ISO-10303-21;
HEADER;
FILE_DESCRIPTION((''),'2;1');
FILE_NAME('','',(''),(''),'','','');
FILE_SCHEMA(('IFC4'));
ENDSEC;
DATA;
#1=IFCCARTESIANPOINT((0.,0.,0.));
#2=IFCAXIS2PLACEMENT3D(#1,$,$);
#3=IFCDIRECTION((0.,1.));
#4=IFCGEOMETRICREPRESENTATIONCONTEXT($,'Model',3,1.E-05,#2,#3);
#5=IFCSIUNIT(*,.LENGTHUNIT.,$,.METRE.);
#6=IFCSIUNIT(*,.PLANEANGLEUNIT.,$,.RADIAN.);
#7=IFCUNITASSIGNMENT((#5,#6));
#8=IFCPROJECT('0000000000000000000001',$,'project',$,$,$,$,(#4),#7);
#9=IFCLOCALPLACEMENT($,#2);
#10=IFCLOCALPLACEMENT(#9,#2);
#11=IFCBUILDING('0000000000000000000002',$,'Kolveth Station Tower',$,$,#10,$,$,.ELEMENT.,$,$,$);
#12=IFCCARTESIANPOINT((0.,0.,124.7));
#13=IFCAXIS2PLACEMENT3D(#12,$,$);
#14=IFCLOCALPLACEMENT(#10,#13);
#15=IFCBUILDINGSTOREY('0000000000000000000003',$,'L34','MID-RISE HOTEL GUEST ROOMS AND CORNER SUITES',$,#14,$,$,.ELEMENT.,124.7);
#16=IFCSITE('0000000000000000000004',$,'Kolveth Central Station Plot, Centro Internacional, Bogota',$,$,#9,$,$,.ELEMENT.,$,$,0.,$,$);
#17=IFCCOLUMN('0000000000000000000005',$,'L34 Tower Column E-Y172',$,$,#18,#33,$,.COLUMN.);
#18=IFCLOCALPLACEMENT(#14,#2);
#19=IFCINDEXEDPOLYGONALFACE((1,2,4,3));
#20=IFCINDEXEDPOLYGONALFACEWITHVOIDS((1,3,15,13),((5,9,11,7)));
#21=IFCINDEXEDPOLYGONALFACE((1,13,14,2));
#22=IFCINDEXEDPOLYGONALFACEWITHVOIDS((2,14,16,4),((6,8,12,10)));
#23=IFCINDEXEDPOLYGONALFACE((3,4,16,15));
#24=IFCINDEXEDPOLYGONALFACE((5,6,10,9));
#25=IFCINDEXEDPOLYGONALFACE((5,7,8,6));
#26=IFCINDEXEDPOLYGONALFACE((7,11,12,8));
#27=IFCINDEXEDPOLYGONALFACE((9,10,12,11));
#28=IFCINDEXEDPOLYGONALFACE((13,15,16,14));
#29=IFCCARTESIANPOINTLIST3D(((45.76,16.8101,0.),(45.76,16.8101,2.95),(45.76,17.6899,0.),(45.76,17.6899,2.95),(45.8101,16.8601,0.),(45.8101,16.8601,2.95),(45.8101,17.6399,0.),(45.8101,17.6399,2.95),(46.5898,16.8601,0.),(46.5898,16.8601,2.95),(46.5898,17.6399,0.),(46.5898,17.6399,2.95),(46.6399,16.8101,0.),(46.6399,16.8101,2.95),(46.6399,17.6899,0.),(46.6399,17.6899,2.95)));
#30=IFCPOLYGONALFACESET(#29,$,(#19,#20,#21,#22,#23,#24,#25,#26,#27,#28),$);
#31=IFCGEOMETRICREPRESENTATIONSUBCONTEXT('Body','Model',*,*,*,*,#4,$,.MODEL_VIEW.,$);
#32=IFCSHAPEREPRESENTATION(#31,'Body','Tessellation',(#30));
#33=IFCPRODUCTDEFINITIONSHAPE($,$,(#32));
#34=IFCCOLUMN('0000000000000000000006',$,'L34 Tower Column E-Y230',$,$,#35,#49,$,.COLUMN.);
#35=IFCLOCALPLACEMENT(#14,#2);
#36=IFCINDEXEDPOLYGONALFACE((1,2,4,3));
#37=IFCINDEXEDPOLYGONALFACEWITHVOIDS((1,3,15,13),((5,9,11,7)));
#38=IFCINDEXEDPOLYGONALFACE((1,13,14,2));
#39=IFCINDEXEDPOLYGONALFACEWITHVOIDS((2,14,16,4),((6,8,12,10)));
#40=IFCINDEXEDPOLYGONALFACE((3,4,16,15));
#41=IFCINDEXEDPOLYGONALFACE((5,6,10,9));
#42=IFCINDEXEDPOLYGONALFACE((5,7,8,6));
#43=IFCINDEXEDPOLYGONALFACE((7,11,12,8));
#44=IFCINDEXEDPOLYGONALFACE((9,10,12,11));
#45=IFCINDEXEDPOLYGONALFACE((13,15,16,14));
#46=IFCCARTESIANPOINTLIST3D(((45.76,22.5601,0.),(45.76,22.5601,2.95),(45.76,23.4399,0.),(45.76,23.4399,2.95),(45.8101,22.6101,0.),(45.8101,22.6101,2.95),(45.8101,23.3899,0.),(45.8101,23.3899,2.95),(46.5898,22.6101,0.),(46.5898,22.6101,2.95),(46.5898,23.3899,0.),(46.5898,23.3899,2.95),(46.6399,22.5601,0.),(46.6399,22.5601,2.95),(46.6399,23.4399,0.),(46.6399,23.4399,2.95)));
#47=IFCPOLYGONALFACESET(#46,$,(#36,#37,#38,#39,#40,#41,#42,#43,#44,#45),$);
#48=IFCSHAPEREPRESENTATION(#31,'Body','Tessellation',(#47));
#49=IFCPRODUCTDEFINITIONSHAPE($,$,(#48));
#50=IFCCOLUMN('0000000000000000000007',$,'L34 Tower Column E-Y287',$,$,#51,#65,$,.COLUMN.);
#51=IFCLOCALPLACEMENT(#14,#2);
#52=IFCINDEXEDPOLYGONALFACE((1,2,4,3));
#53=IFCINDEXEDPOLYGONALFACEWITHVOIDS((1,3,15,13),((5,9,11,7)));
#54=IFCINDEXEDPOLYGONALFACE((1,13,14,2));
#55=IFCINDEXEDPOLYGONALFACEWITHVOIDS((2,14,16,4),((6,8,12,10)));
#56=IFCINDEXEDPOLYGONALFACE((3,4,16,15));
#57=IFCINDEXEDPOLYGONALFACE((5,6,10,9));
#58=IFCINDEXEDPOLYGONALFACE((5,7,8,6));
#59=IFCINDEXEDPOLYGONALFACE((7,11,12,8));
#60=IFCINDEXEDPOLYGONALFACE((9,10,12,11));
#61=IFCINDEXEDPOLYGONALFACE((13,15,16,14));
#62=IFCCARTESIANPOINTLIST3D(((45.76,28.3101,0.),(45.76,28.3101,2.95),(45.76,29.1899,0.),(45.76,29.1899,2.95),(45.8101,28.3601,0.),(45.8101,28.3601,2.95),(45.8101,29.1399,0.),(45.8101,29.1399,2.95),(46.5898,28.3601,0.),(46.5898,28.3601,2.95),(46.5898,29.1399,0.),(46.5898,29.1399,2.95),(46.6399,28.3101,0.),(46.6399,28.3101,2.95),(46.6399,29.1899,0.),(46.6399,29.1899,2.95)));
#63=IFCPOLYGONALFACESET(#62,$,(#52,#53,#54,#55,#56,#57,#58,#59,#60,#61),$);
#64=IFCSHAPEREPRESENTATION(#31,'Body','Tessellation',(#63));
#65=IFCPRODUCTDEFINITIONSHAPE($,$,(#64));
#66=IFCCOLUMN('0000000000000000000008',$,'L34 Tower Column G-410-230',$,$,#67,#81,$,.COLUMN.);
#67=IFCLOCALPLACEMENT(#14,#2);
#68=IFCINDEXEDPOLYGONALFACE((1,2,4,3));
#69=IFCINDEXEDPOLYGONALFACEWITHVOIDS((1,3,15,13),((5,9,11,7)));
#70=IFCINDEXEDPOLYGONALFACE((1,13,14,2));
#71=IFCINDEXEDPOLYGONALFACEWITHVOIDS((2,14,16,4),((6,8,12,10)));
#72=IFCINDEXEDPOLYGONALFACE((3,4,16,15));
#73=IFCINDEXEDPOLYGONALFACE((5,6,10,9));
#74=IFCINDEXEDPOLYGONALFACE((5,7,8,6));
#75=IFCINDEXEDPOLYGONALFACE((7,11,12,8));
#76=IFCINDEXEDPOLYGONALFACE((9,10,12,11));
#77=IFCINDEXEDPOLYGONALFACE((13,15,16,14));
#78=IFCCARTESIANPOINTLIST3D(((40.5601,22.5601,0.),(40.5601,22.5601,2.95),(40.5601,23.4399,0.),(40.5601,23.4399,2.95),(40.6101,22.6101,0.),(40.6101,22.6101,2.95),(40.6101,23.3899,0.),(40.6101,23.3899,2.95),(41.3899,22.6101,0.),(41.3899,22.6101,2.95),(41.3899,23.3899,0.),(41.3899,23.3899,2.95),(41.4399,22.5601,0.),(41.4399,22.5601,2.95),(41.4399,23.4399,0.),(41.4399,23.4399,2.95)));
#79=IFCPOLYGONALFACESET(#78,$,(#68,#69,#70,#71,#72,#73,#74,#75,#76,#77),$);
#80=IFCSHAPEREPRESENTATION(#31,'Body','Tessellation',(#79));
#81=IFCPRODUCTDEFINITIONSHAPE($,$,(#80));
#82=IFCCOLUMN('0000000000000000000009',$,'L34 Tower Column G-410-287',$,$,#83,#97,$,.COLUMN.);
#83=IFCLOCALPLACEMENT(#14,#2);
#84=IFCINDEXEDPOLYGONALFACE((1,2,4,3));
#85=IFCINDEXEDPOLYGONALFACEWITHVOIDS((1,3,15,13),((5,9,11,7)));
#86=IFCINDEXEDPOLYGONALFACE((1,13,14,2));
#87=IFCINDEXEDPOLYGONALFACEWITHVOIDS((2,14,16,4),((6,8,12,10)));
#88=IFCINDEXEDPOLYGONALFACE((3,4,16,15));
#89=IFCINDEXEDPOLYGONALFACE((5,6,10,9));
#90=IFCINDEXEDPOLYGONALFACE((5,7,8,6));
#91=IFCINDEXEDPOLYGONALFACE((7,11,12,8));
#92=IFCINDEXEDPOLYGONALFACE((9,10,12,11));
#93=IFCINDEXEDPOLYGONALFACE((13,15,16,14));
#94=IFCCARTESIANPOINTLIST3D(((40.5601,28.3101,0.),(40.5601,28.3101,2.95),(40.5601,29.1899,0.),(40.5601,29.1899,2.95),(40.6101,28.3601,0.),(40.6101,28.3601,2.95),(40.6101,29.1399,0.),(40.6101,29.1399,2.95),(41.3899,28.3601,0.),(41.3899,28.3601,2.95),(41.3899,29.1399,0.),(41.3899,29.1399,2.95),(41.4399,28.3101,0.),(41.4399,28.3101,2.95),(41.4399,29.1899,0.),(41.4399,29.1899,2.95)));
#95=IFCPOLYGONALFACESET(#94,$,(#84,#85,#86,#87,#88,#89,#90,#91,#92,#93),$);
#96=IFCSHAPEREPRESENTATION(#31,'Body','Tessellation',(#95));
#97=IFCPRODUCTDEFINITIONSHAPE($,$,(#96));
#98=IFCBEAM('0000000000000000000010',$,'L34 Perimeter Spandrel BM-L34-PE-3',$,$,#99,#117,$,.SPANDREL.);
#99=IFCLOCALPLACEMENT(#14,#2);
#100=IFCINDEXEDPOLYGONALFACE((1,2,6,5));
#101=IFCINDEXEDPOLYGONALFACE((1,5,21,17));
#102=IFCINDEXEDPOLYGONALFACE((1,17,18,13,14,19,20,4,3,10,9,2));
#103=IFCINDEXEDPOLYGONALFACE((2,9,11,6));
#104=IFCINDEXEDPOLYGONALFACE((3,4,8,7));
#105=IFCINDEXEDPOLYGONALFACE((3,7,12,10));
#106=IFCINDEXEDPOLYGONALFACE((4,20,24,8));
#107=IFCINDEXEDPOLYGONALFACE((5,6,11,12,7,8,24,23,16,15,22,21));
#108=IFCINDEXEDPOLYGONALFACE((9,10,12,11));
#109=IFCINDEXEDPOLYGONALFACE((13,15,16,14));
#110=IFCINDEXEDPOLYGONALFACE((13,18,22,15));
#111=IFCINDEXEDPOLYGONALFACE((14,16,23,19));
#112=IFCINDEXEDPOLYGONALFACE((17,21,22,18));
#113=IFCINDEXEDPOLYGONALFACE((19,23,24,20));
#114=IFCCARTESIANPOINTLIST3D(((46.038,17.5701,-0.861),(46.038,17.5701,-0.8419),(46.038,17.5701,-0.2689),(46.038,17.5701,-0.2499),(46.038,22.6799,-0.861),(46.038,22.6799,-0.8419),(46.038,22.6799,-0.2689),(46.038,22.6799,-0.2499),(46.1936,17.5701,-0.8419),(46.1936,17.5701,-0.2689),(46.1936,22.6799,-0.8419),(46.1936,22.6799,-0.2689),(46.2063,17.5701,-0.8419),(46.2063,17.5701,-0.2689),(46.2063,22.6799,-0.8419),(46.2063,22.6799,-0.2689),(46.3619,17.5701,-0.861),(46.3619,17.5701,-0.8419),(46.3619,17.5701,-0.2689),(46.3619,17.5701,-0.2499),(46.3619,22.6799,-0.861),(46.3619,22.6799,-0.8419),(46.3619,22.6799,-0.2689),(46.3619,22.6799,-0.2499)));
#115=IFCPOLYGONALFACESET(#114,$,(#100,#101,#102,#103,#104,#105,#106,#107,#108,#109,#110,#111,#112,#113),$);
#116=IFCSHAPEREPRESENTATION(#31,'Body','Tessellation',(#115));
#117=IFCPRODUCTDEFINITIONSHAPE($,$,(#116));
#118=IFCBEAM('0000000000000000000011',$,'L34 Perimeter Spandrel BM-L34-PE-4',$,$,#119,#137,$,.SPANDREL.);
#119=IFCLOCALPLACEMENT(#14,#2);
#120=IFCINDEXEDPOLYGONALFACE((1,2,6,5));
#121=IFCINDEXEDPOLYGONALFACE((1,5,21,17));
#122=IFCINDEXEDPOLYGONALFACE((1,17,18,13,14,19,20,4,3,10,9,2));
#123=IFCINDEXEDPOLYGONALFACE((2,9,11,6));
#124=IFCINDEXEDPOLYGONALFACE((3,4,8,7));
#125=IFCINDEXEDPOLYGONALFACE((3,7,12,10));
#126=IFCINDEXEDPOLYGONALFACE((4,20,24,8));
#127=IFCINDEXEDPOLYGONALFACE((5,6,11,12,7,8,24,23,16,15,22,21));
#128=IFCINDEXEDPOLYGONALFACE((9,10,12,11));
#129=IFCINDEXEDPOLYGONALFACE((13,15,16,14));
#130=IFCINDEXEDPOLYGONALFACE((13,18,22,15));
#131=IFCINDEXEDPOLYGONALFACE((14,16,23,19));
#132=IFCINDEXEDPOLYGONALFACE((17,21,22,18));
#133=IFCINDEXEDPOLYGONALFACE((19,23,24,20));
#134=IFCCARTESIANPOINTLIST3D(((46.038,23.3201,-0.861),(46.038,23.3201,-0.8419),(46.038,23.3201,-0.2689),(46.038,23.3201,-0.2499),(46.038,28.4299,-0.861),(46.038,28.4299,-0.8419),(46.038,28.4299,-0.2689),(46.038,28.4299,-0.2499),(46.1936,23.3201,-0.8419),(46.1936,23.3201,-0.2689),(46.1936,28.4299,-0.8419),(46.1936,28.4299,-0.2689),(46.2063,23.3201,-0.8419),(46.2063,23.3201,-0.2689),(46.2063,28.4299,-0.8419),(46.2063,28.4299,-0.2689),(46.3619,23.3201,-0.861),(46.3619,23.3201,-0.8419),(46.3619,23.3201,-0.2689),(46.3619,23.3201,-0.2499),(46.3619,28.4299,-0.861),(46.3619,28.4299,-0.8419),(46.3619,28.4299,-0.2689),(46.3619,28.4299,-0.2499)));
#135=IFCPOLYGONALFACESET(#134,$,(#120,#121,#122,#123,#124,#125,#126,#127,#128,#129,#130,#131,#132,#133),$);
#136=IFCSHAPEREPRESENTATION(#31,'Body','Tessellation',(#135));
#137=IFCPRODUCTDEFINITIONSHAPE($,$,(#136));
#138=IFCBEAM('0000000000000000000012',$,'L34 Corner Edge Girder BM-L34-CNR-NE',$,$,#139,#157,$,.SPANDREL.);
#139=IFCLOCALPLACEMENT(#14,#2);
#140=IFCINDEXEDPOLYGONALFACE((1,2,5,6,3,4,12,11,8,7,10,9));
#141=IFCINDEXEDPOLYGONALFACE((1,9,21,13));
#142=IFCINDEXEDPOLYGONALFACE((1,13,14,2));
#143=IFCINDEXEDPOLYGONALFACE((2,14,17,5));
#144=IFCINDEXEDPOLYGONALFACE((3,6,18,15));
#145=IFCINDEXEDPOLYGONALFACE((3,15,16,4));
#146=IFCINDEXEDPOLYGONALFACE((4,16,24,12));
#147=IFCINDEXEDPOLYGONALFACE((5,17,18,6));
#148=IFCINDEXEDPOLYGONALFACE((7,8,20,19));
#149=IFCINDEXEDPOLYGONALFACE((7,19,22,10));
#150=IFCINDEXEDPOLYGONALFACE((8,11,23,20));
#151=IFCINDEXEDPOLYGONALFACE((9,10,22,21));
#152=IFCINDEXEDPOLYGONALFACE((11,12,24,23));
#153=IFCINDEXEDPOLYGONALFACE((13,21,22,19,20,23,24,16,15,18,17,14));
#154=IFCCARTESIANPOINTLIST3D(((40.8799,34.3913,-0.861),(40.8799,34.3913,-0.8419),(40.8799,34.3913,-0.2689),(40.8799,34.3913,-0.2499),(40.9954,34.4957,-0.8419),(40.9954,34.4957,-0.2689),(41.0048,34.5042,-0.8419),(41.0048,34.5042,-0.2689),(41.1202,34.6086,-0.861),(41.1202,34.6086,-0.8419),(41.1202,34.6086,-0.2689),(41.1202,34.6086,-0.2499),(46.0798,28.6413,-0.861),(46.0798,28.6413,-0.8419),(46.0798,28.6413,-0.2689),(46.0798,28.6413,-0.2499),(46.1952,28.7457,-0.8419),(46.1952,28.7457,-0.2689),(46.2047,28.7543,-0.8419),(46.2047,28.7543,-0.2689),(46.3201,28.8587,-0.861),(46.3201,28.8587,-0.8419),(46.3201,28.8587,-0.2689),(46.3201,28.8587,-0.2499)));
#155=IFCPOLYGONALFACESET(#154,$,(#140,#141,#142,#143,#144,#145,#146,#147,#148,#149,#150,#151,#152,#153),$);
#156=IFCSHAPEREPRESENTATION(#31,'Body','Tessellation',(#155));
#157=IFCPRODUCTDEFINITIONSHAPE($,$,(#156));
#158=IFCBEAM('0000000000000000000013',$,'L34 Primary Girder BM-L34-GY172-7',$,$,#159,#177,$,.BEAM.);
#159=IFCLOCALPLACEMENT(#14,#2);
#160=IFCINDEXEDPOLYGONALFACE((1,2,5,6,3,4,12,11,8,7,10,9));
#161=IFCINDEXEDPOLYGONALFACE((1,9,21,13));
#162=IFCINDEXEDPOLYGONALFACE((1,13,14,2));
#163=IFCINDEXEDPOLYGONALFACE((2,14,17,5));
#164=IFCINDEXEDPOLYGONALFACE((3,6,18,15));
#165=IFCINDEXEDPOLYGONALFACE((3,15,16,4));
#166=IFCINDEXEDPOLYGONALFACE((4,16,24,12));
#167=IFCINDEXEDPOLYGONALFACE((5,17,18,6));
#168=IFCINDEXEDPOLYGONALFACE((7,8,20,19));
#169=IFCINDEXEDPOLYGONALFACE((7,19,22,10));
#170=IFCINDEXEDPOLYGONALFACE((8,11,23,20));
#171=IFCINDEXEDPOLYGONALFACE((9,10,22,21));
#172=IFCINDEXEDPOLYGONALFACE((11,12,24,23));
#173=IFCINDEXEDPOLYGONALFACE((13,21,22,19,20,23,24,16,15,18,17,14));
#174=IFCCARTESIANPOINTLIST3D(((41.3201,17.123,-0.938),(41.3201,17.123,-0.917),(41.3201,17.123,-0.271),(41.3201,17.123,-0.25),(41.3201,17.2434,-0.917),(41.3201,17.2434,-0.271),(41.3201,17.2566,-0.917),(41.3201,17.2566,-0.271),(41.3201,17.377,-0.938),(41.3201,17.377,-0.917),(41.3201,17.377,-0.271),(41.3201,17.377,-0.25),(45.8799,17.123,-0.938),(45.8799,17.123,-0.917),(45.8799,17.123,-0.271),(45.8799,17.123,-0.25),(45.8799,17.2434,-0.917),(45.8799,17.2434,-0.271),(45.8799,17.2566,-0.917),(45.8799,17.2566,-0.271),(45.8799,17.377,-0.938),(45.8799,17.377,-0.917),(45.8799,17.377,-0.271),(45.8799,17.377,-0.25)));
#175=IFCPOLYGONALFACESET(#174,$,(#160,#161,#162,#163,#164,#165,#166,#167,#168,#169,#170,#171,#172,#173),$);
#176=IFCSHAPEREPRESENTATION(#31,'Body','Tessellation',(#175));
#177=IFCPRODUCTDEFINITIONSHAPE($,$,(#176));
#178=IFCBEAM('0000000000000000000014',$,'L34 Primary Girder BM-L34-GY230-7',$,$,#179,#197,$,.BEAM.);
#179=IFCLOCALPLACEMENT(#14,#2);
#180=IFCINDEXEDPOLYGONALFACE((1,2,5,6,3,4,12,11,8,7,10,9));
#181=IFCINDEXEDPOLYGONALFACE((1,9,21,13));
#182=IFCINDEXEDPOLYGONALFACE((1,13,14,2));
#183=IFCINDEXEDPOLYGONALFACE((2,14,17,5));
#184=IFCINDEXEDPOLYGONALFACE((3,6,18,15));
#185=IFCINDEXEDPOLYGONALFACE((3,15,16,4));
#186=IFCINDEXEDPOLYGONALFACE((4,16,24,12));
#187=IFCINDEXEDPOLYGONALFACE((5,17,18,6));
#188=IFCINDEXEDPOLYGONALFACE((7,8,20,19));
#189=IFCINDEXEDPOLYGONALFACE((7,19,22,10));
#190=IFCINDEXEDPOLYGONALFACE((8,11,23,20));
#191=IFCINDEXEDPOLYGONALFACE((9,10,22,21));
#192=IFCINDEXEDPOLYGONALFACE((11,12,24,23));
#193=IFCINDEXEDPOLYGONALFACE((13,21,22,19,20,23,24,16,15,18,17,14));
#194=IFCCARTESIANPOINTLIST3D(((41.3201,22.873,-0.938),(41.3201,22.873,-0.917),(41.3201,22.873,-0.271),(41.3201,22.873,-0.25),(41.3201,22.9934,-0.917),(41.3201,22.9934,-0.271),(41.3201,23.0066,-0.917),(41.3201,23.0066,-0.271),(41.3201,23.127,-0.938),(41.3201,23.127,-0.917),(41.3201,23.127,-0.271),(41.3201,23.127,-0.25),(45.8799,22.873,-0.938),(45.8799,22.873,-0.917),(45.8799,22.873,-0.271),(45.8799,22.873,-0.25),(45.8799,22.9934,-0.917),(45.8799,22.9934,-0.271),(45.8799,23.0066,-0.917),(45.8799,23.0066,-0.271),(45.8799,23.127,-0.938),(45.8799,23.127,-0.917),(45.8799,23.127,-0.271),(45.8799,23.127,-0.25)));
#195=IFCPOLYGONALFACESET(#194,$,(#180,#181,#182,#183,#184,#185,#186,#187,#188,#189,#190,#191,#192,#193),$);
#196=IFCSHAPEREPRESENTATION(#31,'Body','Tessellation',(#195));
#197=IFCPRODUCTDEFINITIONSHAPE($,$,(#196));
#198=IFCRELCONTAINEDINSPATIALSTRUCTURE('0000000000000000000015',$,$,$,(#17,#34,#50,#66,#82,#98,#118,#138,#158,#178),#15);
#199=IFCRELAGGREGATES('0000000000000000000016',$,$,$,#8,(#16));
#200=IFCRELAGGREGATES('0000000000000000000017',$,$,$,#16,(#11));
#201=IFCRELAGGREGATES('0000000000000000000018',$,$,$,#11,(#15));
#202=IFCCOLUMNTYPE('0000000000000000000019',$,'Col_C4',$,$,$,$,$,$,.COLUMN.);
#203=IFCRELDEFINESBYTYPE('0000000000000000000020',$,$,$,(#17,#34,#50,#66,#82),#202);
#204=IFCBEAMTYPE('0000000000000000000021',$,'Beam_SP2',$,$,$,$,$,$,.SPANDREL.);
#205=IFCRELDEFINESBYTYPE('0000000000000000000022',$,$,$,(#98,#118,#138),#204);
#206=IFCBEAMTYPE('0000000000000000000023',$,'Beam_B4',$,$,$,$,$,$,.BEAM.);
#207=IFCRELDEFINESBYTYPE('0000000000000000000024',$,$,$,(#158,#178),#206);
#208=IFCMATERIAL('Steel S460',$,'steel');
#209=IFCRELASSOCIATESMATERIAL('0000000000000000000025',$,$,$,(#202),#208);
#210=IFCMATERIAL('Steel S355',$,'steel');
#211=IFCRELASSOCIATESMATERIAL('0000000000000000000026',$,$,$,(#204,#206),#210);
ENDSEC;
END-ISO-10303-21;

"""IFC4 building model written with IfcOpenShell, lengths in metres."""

from ifc_helpers import new_model, si_unit, direction, frame, origin, origin_2d, place, context, subcontext, project, spatial, hollow_rectangle, i_section, extrude, source, transform, mapped, material, material_profile, profile_set, type_object, element, save


model = new_model("IFC4")

# Units and contexts
model_context = context("Model", 3, precision=1e-05, world=origin(), true_north=direction((0.0, 1.0)))
body_context = subcontext(model_context, "Body", "Model", "MODEL_VIEW")
ifc_project = project(units=[si_unit("LENGTHUNIT", "METRE"), si_unit("PLANEANGLEUNIT", "RADIAN")], contexts=[model_context])

# Site, building, storey
site_placement = place(None, origin())
site = spatial("IfcSite", under=ifc_project, at=site_placement, Name="Kolveth Central Station Plot, Centro Internacional, Bogota", CompositionType="ELEMENT", RefElevation=0.0)
building_placement = place(site_placement, origin())
building = spatial("IfcBuilding", under=site, at=building_placement, Name="Kolveth Station Tower", CompositionType="ELEMENT")
storey_placement = place(building_placement, frame((0.0, 0.0, 124.7)))
storey = spatial("IfcBuildingStorey", under=building, at=storey_placement, Name="L34", Description="MID-RISE HOTEL GUEST ROOMS AND CORNER SUITES", CompositionType="ELEMENT", Elevation=124.7)

# Columns
ifc_material_1 = material(Name="Steel S460", Category="steel")
ifc_material_profile_1 = material_profile(ifc_material_1, hollow_rectangle(XDim=0.8799, YDim=0.8799, WallThickness=0.05, at=origin_2d()), Name="BOX880x880x50")
ifc_profile_set_1 = profile_set([ifc_material_profile_1], Name="Steel S460")
column_type = type_object("IfcColumnType", Name="Col_C4", PredefinedType="COLUMN", material=ifc_profile_set_1)
shared_shape_1 = source(origin(), body_context, "Body", "SweptSolid", [
    extrude(hollow_rectangle(XDim=0.8799, YDim=0.8799, WallThickness=0.05, at=origin_2d()), origin(), (0.0, 0.0, 1.0), 2.95),
])
for number, where, z_axis, x_axis, name in (
    (1, (46.2, 17.25, 0.0), (0.0, 0.0, 1.0), (1.0, 0.0, 0.0), "L34 Tower Column E-Y172"),
    (2, (46.2, 23.0, 0.0), (0.0, 0.0, 1.0), (1.0, 0.0, 0.0), "L34 Tower Column E-Y230"),
    (3, (46.2, 28.75, 0.0), (0.0, 0.0, 1.0), (1.0, 0.0, 0.0), "L34 Tower Column E-Y287"),
    (4, (41.0, 23.0, 0.0), (0.0, 0.0, 1.0), (1.0, 0.0, 0.0), "L34 Tower Column G-410-230"),
    (5, (41.0, 28.75, 0.0), (0.0, 0.0, 1.0), (1.0, 0.0, 0.0), "L34 Tower Column G-410-287"),
):
    element("IfcColumn", number, at=place(storey_placement, frame(where, z_axis=z_axis, x_axis=x_axis)), inside=storey, type_object=column_type, Name=name, PredefinedType="COLUMN", context=body_context, shape_type="MappedRepresentation", body=[
        mapped(shared_shape_1, transform((0.0, 0.0, 0.0), x_axis=(1.0, 0.0, 0.0), y_axis=(0.0, 1.0, 0.0), z_axis=(0.0, 0.0, 1.0), scale=1.0)),
    ])

# Beams
ifc_material_2 = material(Name="Steel S355", Category="steel")
ifc_material_profile_2 = material_profile(ifc_material_2, i_section(OverallWidth=0.324, OverallDepth=0.6111, WebThickness=0.0127, FlangeThickness=0.019, at=origin_2d()), Name="W610x155")
ifc_profile_set_2 = profile_set([ifc_material_profile_2], Name="Steel S355")
beam_type_1 = type_object("IfcBeamType", Name="Beam_SP2", PredefinedType="SPANDREL", material=ifc_profile_set_2)
shared_shape_2 = source(origin(), body_context, "Body", "SweptSolid", [
    extrude(i_section(OverallWidth=0.324, OverallDepth=0.6111, WebThickness=0.0127, FlangeThickness=0.019, at=origin_2d()), origin(), (0.0, 0.0, 1.0), 5.1099),
])
for number, where, z_axis, x_axis, name in (
    (6, (46.2, 17.5701, -0.5554), (0.0, 1.0, 0.0), (-1.0, 0.0, 0.0), "L34 Perimeter Spandrel BM-L34-PE-3"),
    (7, (46.2, 23.3201, -0.5554), (0.0, 1.0, 0.0), (-1.0, 0.0, 0.0), "L34 Perimeter Spandrel BM-L34-PE-4"),
):
    element("IfcBeam", number, at=place(storey_placement, frame(where, z_axis=z_axis, x_axis=x_axis)), inside=storey, type_object=beam_type_1, Name=name, PredefinedType="SPANDREL", context=body_context, shape_type="MappedRepresentation", body=[
        mapped(shared_shape_2, transform((0.0, 0.0, 0.0), x_axis=(1.0, 0.0, 0.0), y_axis=(0.0, 1.0, 0.0), z_axis=(0.0, 0.0, 1.0), scale=1.0)),
    ])
shared_shape_3 = source(origin(), body_context, "Body", "SweptSolid", [
    extrude(i_section(OverallWidth=0.324, OverallDepth=0.6111, WebThickness=0.0127, FlangeThickness=0.019, at=origin_2d()), origin(), (0.0, 0.0, 1.0), 7.7524),
])
beam_placement = place(storey_placement, frame((46.2, 28.75, -0.5554), z_axis=(-0.670741, 0.741692, 0.0), x_axis=(-0.741692, -0.670741, 0.0)))
element("IfcBeam", 8, at=beam_placement, inside=storey, type_object=beam_type_1, Name="L34 Corner Edge Girder BM-L34-CNR-NE", PredefinedType="SPANDREL", context=body_context, shape_type="MappedRepresentation", body=[
    mapped(shared_shape_3, transform((0.0, 0.0, 0.0), x_axis=(1.0, 0.0, 0.0), y_axis=(0.0, 1.0, 0.0), z_axis=(0.0, 0.0, 1.0), scale=1.0)),
])
ifc_material_profile_3 = material_profile(ifc_material_2, i_section(OverallWidth=0.2539, OverallDepth=0.688, WebThickness=0.0132, FlangeThickness=0.021, at=origin_2d()), Name="W690x152")
ifc_profile_set_3 = profile_set([ifc_material_profile_3], Name="Steel S355")
beam_type_2 = type_object("IfcBeamType", Name="Beam_B4", PredefinedType="BEAM", material=ifc_profile_set_3)
shared_shape_4 = source(origin(), body_context, "Body", "SweptSolid", [
    extrude(i_section(OverallWidth=0.2539, OverallDepth=0.688, WebThickness=0.0132, FlangeThickness=0.021, at=origin_2d()), origin(), (0.0, 0.0, 1.0), 4.5598),
])
for number, where, z_axis, x_axis, name in (
    (9, (41.3201, 17.25, -0.594), (1.0, 0.0, 0.0), (0.0, 1.0, 0.0), "L34 Primary Girder BM-L34-GY172-7"),
    (10, (41.3201, 23.0, -0.594), (1.0, 0.0, 0.0), (0.0, 1.0, 0.0), "L34 Primary Girder BM-L34-GY230-7"),
):
    element("IfcBeam", number, at=place(storey_placement, frame(where, z_axis=z_axis, x_axis=x_axis)), inside=storey, type_object=beam_type_2, Name=name, PredefinedType="BEAM", context=body_context, shape_type="MappedRepresentation", body=[
        mapped(shared_shape_4, transform((0.0, 0.0, 0.0), x_axis=(1.0, 0.0, 0.0), y_axis=(0.0, 1.0, 0.0), z_axis=(0.0, 0.0, 1.0), scale=1.0)),
    ])

save(model, "model.ifc")
